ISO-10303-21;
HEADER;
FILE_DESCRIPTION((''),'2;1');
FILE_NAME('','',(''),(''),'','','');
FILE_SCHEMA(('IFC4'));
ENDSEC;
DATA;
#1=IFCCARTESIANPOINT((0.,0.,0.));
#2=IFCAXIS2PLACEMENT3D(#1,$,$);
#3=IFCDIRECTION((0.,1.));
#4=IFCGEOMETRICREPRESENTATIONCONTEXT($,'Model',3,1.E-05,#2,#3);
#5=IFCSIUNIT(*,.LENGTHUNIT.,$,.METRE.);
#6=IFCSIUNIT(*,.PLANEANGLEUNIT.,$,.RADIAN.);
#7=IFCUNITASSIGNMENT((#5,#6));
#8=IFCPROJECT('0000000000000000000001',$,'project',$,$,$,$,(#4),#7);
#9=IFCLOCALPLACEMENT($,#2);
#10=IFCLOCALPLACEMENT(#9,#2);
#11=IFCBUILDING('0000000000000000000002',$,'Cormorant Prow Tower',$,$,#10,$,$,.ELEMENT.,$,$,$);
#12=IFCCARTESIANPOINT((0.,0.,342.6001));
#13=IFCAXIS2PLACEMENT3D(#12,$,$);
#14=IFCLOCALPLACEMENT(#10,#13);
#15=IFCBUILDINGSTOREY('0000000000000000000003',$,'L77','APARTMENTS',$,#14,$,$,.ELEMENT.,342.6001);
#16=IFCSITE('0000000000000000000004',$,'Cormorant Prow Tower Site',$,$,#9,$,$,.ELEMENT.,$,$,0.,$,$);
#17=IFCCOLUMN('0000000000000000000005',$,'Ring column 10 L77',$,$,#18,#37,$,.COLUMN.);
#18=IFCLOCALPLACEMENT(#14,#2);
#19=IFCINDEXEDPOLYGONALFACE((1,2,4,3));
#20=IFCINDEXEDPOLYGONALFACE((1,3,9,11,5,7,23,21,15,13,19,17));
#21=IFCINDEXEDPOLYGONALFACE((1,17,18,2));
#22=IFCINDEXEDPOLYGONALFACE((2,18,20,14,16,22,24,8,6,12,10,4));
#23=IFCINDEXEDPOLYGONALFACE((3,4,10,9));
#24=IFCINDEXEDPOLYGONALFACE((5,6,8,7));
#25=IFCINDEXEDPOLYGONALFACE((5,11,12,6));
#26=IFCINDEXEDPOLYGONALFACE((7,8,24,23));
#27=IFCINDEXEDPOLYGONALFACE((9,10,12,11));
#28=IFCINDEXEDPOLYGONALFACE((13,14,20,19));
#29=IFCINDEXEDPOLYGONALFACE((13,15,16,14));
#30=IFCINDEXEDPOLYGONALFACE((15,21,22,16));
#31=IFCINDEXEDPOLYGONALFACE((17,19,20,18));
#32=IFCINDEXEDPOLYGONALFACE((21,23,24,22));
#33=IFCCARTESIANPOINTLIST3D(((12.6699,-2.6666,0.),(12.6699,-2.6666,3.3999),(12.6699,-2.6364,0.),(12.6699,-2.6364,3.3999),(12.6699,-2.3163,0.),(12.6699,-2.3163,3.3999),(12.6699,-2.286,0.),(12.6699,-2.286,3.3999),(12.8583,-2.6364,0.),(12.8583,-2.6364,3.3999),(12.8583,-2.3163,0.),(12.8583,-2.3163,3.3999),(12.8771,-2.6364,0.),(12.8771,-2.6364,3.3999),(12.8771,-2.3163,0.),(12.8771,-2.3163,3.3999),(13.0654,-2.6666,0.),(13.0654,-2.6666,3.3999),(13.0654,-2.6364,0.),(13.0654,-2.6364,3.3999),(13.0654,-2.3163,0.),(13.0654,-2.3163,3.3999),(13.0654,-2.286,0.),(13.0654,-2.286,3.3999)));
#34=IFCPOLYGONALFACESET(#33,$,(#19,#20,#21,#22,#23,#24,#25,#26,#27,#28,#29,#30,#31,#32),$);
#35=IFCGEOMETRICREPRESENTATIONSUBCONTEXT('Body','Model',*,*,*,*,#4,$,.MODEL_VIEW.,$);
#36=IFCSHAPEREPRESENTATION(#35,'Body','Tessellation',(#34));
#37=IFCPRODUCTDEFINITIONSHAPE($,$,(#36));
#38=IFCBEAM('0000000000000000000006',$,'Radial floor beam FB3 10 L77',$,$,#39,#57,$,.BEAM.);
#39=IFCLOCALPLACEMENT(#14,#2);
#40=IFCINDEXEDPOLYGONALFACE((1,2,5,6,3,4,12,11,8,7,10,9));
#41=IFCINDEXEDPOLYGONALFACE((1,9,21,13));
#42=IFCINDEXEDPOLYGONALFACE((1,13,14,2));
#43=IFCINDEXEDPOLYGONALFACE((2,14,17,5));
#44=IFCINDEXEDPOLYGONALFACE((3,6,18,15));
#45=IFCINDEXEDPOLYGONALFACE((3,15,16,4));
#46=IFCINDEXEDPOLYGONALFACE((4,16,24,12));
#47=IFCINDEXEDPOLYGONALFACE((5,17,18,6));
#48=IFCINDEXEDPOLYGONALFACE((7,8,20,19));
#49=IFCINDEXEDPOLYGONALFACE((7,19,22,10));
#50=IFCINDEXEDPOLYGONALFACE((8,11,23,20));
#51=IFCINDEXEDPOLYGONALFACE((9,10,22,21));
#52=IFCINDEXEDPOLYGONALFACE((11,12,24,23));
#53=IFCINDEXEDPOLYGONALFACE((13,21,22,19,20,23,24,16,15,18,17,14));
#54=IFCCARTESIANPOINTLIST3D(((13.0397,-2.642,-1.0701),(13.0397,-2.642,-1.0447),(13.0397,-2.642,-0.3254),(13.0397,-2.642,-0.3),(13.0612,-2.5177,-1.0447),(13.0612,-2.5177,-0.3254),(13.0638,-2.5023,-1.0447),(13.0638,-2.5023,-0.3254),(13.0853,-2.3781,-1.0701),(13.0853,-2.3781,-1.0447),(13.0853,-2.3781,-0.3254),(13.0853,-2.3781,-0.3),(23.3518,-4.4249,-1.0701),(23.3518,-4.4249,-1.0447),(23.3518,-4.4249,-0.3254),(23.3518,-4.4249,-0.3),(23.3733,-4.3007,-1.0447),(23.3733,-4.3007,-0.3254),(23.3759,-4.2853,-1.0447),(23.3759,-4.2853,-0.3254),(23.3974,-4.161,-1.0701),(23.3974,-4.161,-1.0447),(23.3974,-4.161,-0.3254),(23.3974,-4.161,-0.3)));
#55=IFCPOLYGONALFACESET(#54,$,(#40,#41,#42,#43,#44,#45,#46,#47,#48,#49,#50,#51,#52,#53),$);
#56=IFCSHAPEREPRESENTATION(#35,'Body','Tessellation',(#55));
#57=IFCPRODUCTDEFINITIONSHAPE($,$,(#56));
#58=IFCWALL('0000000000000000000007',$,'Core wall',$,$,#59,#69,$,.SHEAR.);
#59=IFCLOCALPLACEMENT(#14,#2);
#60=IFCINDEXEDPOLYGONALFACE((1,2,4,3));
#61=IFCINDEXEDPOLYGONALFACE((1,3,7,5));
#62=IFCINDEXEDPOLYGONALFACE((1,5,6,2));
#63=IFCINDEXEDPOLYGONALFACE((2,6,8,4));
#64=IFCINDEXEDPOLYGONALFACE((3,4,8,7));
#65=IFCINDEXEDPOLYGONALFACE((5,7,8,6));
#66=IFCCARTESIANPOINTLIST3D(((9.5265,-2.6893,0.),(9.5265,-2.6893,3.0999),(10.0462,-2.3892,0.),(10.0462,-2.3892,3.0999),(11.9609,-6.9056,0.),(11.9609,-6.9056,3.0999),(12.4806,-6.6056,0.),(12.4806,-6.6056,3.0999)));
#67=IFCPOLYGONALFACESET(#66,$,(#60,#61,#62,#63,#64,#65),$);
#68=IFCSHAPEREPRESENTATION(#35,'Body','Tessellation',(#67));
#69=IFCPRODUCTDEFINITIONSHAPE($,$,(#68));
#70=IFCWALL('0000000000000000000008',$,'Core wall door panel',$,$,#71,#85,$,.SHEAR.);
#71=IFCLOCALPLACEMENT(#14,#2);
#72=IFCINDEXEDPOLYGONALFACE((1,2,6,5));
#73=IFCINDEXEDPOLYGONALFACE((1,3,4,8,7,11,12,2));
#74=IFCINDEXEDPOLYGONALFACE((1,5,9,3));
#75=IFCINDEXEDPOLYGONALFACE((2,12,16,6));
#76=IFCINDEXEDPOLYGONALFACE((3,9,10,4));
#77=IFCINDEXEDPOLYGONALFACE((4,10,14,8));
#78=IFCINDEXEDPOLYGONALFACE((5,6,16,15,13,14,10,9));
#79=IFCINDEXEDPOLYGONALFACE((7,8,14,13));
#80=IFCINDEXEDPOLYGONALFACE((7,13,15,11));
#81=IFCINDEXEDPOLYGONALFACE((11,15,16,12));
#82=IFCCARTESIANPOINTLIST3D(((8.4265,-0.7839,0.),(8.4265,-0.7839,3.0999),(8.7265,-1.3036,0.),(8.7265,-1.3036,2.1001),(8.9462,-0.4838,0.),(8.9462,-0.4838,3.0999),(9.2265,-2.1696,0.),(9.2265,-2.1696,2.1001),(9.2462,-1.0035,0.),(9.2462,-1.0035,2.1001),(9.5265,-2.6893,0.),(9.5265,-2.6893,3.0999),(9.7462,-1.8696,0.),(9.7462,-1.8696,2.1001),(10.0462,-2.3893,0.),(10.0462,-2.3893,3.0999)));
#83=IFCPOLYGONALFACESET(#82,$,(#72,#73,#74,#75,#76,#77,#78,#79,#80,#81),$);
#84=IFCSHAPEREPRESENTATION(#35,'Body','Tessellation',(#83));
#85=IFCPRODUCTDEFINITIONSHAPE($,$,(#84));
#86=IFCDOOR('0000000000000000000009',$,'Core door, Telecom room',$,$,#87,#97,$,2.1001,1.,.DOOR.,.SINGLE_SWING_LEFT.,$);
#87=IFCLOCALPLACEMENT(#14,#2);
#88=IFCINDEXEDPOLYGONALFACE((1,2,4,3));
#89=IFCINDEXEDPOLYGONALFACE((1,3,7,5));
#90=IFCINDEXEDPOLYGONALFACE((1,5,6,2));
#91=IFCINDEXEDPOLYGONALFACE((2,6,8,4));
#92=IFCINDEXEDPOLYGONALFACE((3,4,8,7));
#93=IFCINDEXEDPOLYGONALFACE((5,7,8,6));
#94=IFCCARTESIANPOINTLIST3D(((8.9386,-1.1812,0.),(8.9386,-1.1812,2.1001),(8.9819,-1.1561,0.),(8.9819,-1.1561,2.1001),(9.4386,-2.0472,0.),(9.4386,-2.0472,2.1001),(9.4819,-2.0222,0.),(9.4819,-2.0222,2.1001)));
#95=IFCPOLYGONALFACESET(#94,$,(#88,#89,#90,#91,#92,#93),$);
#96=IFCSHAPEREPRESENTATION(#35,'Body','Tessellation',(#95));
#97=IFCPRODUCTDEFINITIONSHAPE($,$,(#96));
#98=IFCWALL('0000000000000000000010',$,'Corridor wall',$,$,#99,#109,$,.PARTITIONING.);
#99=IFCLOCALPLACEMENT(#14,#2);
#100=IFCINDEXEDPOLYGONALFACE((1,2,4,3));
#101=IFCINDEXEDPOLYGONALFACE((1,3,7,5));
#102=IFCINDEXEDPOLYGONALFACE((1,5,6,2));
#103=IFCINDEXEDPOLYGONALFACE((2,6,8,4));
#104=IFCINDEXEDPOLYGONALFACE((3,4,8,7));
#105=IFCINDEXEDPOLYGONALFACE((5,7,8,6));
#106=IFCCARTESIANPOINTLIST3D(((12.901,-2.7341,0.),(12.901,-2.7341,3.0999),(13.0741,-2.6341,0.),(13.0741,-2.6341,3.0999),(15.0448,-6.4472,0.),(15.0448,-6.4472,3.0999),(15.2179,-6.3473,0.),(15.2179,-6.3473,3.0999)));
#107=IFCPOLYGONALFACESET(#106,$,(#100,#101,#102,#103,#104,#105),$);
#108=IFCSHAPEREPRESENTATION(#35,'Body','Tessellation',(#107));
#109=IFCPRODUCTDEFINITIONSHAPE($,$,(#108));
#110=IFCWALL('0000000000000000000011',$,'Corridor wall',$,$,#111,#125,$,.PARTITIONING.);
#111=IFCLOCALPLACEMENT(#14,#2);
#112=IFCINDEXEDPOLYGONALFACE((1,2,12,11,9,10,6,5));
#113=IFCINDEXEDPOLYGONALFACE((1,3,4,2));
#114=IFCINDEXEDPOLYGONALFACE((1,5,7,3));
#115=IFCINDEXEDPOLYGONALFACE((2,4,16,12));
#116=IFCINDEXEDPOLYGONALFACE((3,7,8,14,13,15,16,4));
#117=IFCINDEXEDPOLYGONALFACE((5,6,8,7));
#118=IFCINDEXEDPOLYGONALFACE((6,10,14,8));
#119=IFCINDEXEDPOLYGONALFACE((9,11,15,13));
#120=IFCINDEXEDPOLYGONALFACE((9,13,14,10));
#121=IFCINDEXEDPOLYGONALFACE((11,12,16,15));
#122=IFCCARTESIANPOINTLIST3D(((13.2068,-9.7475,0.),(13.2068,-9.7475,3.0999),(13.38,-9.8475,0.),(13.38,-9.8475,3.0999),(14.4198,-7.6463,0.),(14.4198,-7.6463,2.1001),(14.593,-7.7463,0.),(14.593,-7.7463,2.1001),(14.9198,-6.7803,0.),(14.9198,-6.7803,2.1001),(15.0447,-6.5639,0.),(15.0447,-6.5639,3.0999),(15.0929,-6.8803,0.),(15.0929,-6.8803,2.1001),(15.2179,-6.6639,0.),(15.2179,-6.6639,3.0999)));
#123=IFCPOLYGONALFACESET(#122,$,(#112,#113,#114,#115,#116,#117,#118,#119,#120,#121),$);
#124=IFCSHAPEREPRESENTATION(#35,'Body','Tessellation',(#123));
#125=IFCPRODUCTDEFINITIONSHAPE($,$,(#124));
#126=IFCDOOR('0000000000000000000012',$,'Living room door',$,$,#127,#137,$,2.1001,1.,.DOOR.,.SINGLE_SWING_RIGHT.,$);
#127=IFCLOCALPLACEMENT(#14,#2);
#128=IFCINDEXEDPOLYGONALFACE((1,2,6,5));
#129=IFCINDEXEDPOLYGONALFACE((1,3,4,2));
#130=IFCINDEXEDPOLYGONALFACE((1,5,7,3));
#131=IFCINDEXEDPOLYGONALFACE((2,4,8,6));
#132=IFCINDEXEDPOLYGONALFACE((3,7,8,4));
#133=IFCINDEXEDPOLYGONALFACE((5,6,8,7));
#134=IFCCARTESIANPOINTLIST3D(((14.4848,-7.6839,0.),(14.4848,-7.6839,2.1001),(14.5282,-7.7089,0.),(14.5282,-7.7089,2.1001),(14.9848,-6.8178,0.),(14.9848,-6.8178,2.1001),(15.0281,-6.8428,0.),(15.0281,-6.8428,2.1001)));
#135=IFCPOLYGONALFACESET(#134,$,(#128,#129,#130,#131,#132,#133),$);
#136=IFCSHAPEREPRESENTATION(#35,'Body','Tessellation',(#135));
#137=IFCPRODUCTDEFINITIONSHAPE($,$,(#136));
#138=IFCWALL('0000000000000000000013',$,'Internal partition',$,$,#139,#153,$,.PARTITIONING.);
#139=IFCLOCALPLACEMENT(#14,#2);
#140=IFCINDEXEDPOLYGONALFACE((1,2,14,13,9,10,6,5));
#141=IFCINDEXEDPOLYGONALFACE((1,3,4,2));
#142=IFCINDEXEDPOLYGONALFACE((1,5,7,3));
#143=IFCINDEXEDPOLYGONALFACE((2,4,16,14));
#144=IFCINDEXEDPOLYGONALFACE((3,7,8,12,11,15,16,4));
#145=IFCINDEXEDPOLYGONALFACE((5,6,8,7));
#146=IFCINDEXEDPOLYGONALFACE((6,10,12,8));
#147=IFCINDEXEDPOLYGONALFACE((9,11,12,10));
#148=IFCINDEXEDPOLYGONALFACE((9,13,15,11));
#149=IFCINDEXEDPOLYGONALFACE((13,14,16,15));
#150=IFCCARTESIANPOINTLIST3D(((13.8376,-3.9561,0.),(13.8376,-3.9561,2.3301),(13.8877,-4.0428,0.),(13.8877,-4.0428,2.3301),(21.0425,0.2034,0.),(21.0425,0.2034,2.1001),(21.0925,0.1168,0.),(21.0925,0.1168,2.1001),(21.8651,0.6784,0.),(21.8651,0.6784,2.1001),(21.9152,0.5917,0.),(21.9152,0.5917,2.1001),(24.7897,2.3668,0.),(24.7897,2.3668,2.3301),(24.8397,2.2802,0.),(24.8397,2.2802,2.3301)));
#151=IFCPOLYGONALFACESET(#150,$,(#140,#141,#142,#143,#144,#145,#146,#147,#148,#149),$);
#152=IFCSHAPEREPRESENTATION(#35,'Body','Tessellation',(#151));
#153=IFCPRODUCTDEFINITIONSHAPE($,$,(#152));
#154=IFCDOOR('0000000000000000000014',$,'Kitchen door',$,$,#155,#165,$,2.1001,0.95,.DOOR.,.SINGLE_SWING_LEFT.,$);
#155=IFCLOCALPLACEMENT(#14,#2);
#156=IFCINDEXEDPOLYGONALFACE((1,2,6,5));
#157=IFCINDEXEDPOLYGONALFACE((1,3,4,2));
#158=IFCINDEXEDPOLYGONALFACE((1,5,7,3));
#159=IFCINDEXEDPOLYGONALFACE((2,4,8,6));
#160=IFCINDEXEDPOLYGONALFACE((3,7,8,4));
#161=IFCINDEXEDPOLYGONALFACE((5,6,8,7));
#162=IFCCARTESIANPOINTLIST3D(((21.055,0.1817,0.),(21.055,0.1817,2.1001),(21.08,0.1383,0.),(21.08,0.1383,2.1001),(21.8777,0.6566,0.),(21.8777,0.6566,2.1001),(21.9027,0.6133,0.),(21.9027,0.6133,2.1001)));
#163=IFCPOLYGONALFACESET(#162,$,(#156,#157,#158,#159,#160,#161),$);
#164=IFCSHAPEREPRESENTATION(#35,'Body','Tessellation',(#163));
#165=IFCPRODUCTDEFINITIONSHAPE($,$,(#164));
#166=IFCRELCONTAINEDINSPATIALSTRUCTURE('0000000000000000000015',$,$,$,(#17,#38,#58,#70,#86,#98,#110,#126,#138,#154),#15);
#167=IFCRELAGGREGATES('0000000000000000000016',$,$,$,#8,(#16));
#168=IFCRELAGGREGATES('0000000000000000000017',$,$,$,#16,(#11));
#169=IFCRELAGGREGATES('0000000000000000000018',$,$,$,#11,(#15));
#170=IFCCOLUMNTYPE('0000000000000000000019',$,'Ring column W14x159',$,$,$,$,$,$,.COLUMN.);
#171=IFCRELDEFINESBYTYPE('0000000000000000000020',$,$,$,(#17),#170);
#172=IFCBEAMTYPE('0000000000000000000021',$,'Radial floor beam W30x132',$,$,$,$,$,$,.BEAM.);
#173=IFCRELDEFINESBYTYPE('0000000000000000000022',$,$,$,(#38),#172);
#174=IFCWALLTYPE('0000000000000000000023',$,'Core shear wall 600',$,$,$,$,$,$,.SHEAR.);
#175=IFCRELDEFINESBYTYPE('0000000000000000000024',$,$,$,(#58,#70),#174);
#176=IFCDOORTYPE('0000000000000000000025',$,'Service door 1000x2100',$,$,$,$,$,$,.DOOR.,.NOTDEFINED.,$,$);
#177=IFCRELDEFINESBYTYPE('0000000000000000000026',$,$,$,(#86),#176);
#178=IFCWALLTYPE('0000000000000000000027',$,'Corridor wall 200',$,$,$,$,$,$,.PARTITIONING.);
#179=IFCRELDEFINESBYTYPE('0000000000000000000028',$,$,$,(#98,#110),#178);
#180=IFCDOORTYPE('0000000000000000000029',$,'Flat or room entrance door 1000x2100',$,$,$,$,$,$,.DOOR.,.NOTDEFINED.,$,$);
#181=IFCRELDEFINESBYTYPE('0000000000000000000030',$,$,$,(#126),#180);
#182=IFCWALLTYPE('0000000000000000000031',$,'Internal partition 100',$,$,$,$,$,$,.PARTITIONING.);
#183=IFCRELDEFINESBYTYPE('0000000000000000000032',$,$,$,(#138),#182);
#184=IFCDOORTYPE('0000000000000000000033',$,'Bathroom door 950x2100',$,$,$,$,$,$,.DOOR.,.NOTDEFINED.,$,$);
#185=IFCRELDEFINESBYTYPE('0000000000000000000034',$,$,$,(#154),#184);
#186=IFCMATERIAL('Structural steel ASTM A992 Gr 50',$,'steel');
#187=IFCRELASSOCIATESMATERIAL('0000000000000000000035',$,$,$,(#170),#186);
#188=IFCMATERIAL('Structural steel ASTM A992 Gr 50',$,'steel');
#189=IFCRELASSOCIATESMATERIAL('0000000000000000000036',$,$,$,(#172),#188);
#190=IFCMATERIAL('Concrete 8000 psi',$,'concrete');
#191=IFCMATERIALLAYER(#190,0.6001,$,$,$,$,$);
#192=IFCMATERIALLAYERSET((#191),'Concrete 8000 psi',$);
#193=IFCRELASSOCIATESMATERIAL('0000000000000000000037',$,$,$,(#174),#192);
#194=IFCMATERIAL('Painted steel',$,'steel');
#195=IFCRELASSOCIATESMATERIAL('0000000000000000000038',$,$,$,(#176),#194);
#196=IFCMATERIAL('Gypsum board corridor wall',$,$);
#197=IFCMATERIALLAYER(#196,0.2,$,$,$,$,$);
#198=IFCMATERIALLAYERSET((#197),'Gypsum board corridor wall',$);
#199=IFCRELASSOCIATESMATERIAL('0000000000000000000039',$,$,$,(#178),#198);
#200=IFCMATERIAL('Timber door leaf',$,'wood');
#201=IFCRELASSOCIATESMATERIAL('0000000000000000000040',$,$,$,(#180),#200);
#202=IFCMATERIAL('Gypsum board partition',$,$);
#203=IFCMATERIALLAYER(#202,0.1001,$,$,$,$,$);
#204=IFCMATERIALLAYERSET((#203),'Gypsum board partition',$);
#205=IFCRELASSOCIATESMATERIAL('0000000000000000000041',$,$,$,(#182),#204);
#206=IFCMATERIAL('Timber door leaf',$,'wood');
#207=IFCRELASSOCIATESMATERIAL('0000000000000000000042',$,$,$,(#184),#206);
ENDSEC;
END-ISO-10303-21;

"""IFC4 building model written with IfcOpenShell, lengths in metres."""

from ifc_helpers import new_model, si_unit, direction, frame, frame_2d, origin, origin_2d, place, context, subcontext, project, spatial, rectangle, i_section, extrude, material, layer, layer_set, material_profile, profile_set, type_object, element, fill, save


model = new_model("IFC4")

# Units and contexts
model_context = context("Model", 3, precision=1e-05, world=origin(), true_north=direction((0.0, 1.0)))
body_context = subcontext(model_context, "Body", "Model", "MODEL_VIEW")
ifc_project = project(units=[si_unit("LENGTHUNIT", "METRE"), si_unit("PLANEANGLEUNIT", "RADIAN")], contexts=[model_context])

# Site, building, storey
site_placement = place(None, origin())
site = spatial("IfcSite", under=ifc_project, at=site_placement, Name="Cormorant Prow Tower Site", CompositionType="ELEMENT", RefElevation=0.0)
building_placement = place(site_placement, origin())
building = spatial("IfcBuilding", under=site, at=building_placement, Name="Cormorant Prow Tower", CompositionType="ELEMENT")
storey_placement = place(building_placement, frame((0.0, 0.0, 342.6001)))
storey = spatial("IfcBuildingStorey", under=building, at=storey_placement, Name="L77", Description="APARTMENTS", CompositionType="ELEMENT", Elevation=342.6001)

# Column
ifc_material_1 = material(Name="Structural steel ASTM A992 Gr 50", Category="steel")
ifc_material_profile_1 = material_profile(ifc_material_1, i_section(OverallWidth=0.3955, OverallDepth=0.3806, WebThickness=0.0188, FlangeThickness=0.0303, at=origin_2d()), Name="W14x159")
ifc_profile_set_1 = profile_set([ifc_material_profile_1], Name="Structural steel ASTM A992 Gr 50")
column_type = type_object("IfcColumnType", Name="Ring column W14x159", PredefinedType="COLUMN", material=ifc_profile_set_1)
column_placement = place(storey_placement, frame((12.8677, -2.4763, 0.0), z_axis=(0.0, 0.0, 1.0), x_axis=(1.0, 0.0, 0.0)))
element("IfcColumn", 1, at=column_placement, inside=storey, type_object=column_type, Name="Ring column 10 L77", PredefinedType="COLUMN", context=body_context, shape_type="SweptSolid", body=[
    extrude(i_section(OverallWidth=0.3955, OverallDepth=0.3806, WebThickness=0.0188, FlangeThickness=0.0303, at=origin_2d()), origin(), (0.0, 0.0, 1.0), 3.3999),
])

# Beam
ifc_material_2 = material(Name="Structural steel ASTM A992 Gr 50", Category="steel")
ifc_material_profile_2 = material_profile(ifc_material_2, i_section(OverallWidth=0.2678, OverallDepth=0.77, WebThickness=0.0156, FlangeThickness=0.0254, at=origin_2d()), Name="W30x132")
ifc_profile_set_2 = profile_set([ifc_material_profile_2], Name="Structural steel ASTM A992 Gr 50")
beam_type = type_object("IfcBeamType", Name="Radial floor beam W30x132", PredefinedType="BEAM", material=ifc_profile_set_2)
beam_placement = place(storey_placement, frame((13.0625, -2.51, -0.6851), z_axis=(0.98538, -0.170373, 0.0), x_axis=(0.170373, 0.98538, 0.0)))
element("IfcBeam", 2, at=beam_placement, inside=storey, type_object=beam_type, Name="Radial floor beam FB3 10 L77", PredefinedType="BEAM", context=body_context, shape_type="SweptSolid", body=[
    extrude(i_section(OverallWidth=0.2678, OverallDepth=0.77, WebThickness=0.0156, FlangeThickness=0.0254, at=origin_2d()), origin(), (0.0, 0.0, 1.0), 10.4651),
])

# Wall
ifc_material_3 = material(Name="Concrete 8000 psi", Category="concrete")
ifc_layer_1 = layer(ifc_material_3, 0.6001)
ifc_layer_set_1 = layer_set([ifc_layer_1], Name="Concrete 8000 psi")
wall_type_1 = type_object("IfcWallType", Name="Core shear wall 600", PredefinedType="SHEAR", material=ifc_layer_set_1)
wall_1_placement = place(storey_placement, frame((12.2207, -6.7556, 0.0), z_axis=(0.0, 0.0, 1.0), x_axis=(-0.500006, 0.866022, 0.0)))
element("IfcWall", 3, at=wall_1_placement, inside=storey, type_object=wall_type_1, Name="Core wall", PredefinedType="SHEAR", context=body_context, shape_type="SweptSolid", body=[
    extrude(rectangle(XDim=4.8687, YDim=0.6001, at=frame_2d((2.4343, 0.0))), origin(), (0.0, 0.0, 1.0), 3.0999),
])

# Wall, opening, door
wall_2_placement = place(storey_placement, frame((9.7864, -2.5393, 0.0), z_axis=(0.0, 0.0, 1.0), x_axis=(-0.499982, 0.866036, 0.0)))
wall_2 = element("IfcWall", 4, at=wall_2_placement, inside=storey, type_object=wall_type_1, Name="Core wall door panel", PredefinedType="SHEAR", context=body_context, shape_type="SweptSolid", body=[
    extrude(rectangle(XDim=2.2002, YDim=0.6001, at=frame_2d((1.1001, 0.0))), origin(), (0.0, 0.0, 1.0), 3.0999),
])
opening_1_placement = place(wall_2_placement, frame((0.6001, 0.0, 0.0)))
opening_1 = element("IfcOpeningElement", 5, at=opening_1_placement, cuts=wall_2, PredefinedType="OPENING", context=body_context, shape_type="SweptSolid", body=[
    extrude(rectangle(XDim=1.0, YDim=2.1001, at=frame_2d((0.5, 1.05))), frame((0.0, 0.3101, 0.0), z_axis=(0.0, -1.0, 0.0), x_axis=(1.0, 0.0, 0.0)), (0.0, 0.0, 1.0), 0.6201),
])
ifc_material_4 = material(Name="Painted steel", Category="steel")
door_type_1 = type_object("IfcDoorType", Name="Service door 1000x2100", OperationType="NOTDEFINED", PredefinedType="DOOR", material=ifc_material_4)
door_1_placement = place(opening_1_placement, origin())
door_1 = element("IfcDoor", 6, at=door_1_placement, inside=storey, type_object=door_type_1, Name="Core door, Telecom room", OperationType="SINGLE_SWING_LEFT", OverallHeight=2.1001, OverallWidth=1.0, PredefinedType="DOOR", context=body_context, shape_type="SweptSolid", body=[
    extrude(rectangle(XDim=1.0, YDim=2.1001, at=frame_2d((0.5, 1.05))), frame((0.0, 0.0552, 0.0), z_axis=(0.0, -1.0, 0.0), x_axis=(1.0, 0.0, 0.0)), (0.0, 0.0, 1.0), 0.05),
])
fill(opening_1, door_1)

# Wall
ifc_material_5 = material(Name="Gypsum board corridor wall")
ifc_layer_2 = layer(ifc_material_5, 0.2)
ifc_layer_set_2 = layer_set([ifc_layer_2], Name="Gypsum board corridor wall")
wall_type_2 = type_object("IfcWallType", Name="Corridor wall 200", PredefinedType="PARTITIONING", material=ifc_layer_set_2)
wall_3_placement = place(storey_placement, frame((12.9875, -2.6841, 0.0), z_axis=(0.0, 0.0, 1.0), x_axis=(0.500003, -0.866023, 0.0)))
element("IfcWall", 7, at=wall_3_placement, inside=storey, type_object=wall_type_2, Name="Corridor wall", PredefinedType="PARTITIONING", context=body_context, shape_type="SweptSolid", body=[
    extrude(rectangle(XDim=4.2876, YDim=0.2, at=frame_2d((2.1438, 0.0))), origin(), (0.0, 0.0, 1.0), 3.0999),
])

# Walls, openings, doors
wall_4_placement = place(storey_placement, frame((13.2935, -9.7974, 0.0), z_axis=(0.0, 0.0, 1.0), x_axis=(0.499968, 0.866044, 0.0)))
wall_4 = element("IfcWall", 8, at=wall_4_placement, inside=storey, type_object=wall_type_2, Name="Corridor wall", PredefinedType="PARTITIONING", context=body_context, shape_type="SweptSolid", body=[
    extrude(rectangle(XDim=3.676, YDim=0.2, at=frame_2d((1.8379, 0.0))), origin(), (0.0, 0.0, 1.0), 3.0999),
])
opening_2_placement = place(wall_4_placement, frame((2.426, 0.0, 0.0)))
opening_2 = element("IfcOpeningElement", 9, at=opening_2_placement, cuts=wall_4, PredefinedType="OPENING", context=body_context, shape_type="SweptSolid", body=[
    extrude(rectangle(XDim=1.0, YDim=2.1001, at=frame_2d((0.5, 1.05))), frame((0.0, 0.1099, 0.0), z_axis=(0.0, -1.0, 0.0), x_axis=(1.0, 0.0, 0.0)), (0.0, 0.0, 1.0), 0.22),
])
ifc_material_6 = material(Name="Timber door leaf", Category="wood")
door_type_2 = type_object("IfcDoorType", Name="Flat or room entrance door 1000x2100", OperationType="NOTDEFINED", PredefinedType="DOOR", material=ifc_material_6)
door_2_placement = place(opening_2_placement, origin())
door_2 = element("IfcDoor", 10, at=door_2_placement, inside=storey, type_object=door_type_2, Name="Living room door", OperationType="SINGLE_SWING_RIGHT", OverallHeight=2.1001, OverallWidth=1.0, PredefinedType="DOOR", context=body_context, shape_type="SweptSolid", body=[
    extrude(rectangle(XDim=1.0, YDim=2.1001, at=frame_2d((0.5, 1.05))), frame((0.0, 0.0249, 0.0), z_axis=(0.0, -1.0, 0.0), x_axis=(1.0, 0.0, 0.0)), (0.0, 0.0, 1.0), 0.05),
])
fill(opening_2, door_2)
ifc_material_7 = material(Name="Gypsum board partition")
ifc_layer_3 = layer(ifc_material_7, 0.1001)
ifc_layer_set_3 = layer_set([ifc_layer_3], Name="Gypsum board partition")
wall_type_3 = type_object("IfcWallType", Name="Internal partition 100", PredefinedType="PARTITIONING", material=ifc_layer_set_3)
wall_5_placement = place(storey_placement, frame((13.8625, -3.9995, 0.0), z_axis=(0.0, 0.0, 1.0), x_axis=(0.866033, 0.499986, 0.0)))
wall_5 = element("IfcWall", 11, at=wall_5_placement, inside=storey, type_object=wall_type_3, Name="Internal partition", PredefinedType="PARTITIONING", context=body_context, shape_type="SweptSolid", body=[
    extrude(rectangle(XDim=12.6462, YDim=0.1001, at=frame_2d((6.3232, 0.0))), origin(), (0.0, 0.0, 1.0), 2.3301),
])
opening_3_placement = place(wall_5_placement, frame((8.3193, 0.0, 0.0)))
opening_3 = element("IfcOpeningElement", 12, at=opening_3_placement, cuts=wall_5, PredefinedType="OPENING", context=body_context, shape_type="SweptSolid", body=[
    extrude(rectangle(XDim=0.95, YDim=2.1001, at=frame_2d((0.4751, 1.05))), frame((0.0, 0.0601, 0.0), z_axis=(0.0, -1.0, 0.0), x_axis=(1.0, 0.0, 0.0)), (0.0, 0.0, 1.0), 0.1201),
])
ifc_material_8 = material(Name="Timber door leaf", Category="wood")
door_type_3 = type_object("IfcDoorType", Name="Bathroom door 950x2100", OperationType="NOTDEFINED", PredefinedType="DOOR", material=ifc_material_8)
door_3_placement = place(opening_3_placement, origin())
door_3 = element("IfcDoor", 13, at=door_3_placement, inside=storey, type_object=door_type_3, Name="Kitchen door", OperationType="SINGLE_SWING_LEFT", OverallHeight=2.1001, OverallWidth=0.95, PredefinedType="DOOR", context=body_context, shape_type="SweptSolid", body=[
    extrude(rectangle(XDim=0.95, YDim=2.1001, at=frame_2d((0.4751, 1.05))), frame((0.0, 0.0249, 0.0), z_axis=(0.0, -1.0, 0.0), x_axis=(1.0, 0.0, 0.0)), (0.0, 0.0, 1.0), 0.05),
])
fill(opening_3, door_3)

save(model, "model.ifc")
